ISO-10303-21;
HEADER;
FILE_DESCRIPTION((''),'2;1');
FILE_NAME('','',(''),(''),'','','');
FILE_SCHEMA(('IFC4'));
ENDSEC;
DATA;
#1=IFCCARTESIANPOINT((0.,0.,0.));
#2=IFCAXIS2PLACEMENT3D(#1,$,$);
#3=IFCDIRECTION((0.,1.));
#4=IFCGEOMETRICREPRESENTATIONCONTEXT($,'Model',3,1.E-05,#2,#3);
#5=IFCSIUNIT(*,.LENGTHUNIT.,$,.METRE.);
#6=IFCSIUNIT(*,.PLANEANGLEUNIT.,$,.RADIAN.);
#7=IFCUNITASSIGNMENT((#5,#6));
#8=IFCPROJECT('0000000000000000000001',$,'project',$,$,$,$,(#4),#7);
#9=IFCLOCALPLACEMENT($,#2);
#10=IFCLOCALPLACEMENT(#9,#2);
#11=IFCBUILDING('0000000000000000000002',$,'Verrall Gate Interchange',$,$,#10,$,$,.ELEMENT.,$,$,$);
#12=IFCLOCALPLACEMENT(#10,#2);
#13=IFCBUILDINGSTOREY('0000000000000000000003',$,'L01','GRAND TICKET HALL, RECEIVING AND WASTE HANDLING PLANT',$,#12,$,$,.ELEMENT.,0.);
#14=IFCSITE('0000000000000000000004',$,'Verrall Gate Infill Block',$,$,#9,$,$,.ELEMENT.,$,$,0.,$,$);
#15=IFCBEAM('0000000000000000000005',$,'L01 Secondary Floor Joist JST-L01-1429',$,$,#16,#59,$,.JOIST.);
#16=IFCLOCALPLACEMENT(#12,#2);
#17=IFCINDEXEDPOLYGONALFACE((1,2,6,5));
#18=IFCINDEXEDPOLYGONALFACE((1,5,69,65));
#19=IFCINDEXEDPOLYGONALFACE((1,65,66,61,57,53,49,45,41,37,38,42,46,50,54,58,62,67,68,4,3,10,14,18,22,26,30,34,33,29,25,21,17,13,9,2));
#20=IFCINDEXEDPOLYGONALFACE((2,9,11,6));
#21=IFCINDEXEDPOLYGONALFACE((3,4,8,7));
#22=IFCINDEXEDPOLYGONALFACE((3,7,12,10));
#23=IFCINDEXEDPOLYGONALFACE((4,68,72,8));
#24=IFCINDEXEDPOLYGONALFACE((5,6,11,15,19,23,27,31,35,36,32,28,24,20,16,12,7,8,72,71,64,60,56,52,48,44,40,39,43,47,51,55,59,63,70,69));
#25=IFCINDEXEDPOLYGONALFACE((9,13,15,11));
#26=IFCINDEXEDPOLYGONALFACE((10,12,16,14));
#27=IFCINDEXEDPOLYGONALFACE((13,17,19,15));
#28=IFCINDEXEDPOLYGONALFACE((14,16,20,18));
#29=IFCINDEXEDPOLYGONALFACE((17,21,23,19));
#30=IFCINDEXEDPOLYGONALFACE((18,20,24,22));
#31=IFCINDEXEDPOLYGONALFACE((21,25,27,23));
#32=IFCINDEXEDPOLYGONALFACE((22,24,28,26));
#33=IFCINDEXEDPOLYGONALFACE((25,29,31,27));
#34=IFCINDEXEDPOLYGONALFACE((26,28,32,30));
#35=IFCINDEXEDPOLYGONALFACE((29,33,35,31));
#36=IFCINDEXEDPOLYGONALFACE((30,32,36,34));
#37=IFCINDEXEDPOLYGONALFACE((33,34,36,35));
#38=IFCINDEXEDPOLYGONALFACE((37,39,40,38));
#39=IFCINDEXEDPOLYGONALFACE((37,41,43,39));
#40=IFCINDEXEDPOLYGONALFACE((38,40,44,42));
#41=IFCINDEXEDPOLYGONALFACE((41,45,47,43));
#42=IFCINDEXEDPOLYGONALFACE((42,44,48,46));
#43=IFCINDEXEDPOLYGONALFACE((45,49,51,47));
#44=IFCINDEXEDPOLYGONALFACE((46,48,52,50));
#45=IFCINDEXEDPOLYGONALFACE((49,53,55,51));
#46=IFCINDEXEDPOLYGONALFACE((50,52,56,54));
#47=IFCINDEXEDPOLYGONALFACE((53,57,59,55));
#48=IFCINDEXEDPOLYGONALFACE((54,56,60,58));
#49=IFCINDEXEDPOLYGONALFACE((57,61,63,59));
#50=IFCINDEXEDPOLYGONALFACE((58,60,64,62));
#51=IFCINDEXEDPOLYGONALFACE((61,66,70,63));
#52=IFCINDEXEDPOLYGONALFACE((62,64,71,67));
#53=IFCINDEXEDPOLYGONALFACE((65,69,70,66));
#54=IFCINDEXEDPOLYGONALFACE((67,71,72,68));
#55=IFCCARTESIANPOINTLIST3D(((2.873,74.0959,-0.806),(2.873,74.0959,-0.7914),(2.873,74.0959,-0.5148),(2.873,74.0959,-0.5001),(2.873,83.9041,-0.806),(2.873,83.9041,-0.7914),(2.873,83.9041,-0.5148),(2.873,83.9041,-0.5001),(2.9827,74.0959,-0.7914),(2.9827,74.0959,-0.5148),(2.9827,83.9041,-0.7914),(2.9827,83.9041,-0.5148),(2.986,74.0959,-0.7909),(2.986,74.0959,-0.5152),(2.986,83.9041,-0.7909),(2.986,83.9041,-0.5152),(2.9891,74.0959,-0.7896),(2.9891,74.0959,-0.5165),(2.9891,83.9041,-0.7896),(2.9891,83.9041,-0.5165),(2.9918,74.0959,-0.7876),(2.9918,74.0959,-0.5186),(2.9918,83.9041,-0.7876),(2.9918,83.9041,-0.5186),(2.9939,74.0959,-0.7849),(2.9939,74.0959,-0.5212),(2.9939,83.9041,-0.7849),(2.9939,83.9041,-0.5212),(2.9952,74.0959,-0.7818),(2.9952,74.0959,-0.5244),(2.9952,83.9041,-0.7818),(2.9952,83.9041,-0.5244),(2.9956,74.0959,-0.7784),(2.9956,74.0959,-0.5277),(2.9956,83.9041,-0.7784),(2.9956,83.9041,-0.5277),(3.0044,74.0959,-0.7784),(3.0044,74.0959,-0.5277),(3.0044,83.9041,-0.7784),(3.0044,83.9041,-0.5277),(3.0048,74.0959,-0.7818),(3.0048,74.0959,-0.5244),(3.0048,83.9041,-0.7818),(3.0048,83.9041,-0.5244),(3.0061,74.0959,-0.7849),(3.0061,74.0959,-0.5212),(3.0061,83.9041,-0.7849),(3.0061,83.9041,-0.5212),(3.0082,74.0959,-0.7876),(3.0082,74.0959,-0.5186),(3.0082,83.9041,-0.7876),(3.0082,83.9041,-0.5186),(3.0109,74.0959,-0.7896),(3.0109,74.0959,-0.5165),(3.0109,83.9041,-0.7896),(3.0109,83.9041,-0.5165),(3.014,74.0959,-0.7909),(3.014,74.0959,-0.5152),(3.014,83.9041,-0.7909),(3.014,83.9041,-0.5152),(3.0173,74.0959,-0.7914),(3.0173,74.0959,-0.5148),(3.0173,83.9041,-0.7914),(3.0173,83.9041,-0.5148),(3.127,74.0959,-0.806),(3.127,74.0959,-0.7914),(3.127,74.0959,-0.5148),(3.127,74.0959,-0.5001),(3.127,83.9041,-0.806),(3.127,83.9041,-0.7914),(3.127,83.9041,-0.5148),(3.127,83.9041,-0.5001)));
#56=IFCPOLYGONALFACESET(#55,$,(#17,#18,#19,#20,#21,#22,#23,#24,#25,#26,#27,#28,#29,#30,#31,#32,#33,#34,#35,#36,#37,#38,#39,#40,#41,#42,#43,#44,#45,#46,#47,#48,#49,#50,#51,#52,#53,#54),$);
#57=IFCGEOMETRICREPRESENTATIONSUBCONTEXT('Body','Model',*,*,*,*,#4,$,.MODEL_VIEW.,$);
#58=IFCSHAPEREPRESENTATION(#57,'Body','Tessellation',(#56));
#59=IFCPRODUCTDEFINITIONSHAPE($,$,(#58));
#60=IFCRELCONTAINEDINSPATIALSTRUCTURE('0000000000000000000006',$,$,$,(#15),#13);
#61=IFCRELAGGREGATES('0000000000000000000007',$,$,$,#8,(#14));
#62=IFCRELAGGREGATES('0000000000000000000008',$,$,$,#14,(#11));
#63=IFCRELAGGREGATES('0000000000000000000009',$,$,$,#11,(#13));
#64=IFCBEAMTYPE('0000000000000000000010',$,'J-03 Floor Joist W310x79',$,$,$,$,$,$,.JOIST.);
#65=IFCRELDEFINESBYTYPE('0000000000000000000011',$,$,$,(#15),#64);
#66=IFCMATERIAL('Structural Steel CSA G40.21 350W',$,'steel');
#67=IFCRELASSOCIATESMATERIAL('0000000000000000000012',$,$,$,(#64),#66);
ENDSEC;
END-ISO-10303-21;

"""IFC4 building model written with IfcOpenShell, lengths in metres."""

from ifc_helpers import new_model, si_unit, direction, frame, origin, origin_2d, place, context, subcontext, project, spatial, i_section, extrude, material, material_profile, profile_set, type_object, element, save


model = new_model("IFC4")

# Units and contexts
model_context = context("Model", 3, precision=1e-05, world=origin(), true_north=direction((0.0, 1.0)))
body_context = subcontext(model_context, "Body", "Model", "MODEL_VIEW")
ifc_project = project(units=[si_unit("LENGTHUNIT", "METRE"), si_unit("PLANEANGLEUNIT", "RADIAN")], contexts=[model_context])

# Site, building, storey
site_placement = place(None, origin())
site = spatial("IfcSite", under=ifc_project, at=site_placement, Name="Verrall Gate Infill Block", CompositionType="ELEMENT", RefElevation=0.0)
building_placement = place(site_placement, origin())
building = spatial("IfcBuilding", under=site, at=building_placement, Name="Verrall Gate Interchange", CompositionType="ELEMENT")
storey_placement = place(building_placement, origin())
storey = spatial("IfcBuildingStorey", under=building, at=storey_placement, Name="L01", Description="GRAND TICKET HALL, RECEIVING AND WASTE HANDLING PLANT", CompositionType="ELEMENT", Elevation=0.0)

# Beam
ifc_material_1 = material(Name="Structural Steel CSA G40.21 350W", Category="steel")
ifc_material_profile_1 = material_profile(ifc_material_1, i_section(OverallWidth=0.2539, OverallDepth=0.3059, WebThickness=0.0088, FlangeThickness=0.0146, FilletRadius=0.0129, at=origin_2d()), Name="W310x79")
ifc_profile_set_1 = profile_set([ifc_material_profile_1], Name="Structural Steel CSA G40.21 350W")
beam_type_1 = type_object("IfcBeamType", Name="J-03 Floor Joist W310x79", PredefinedType="JOIST", material=ifc_profile_set_1)
beam_1_placement = place(storey_placement, frame((3.0, 74.0959, -0.6531), z_axis=(0.0, 1.0, 0.0), x_axis=(-1.0, 0.0, 0.0)))
element("IfcBeam", 1, at=beam_1_placement, inside=storey, type_object=beam_type_1, Name="L01 Secondary Floor Joist JST-L01-1429", PredefinedType="JOIST", context=body_context, shape_type="SweptSolid", body=[
    extrude(i_section(OverallWidth=0.2539, OverallDepth=0.3059, WebThickness=0.0088, FlangeThickness=0.0146, FilletRadius=0.0129, at=origin_2d()), origin(), (0.0, 0.0, 1.0), 9.8081),
])

save(model, "model.ifc")
